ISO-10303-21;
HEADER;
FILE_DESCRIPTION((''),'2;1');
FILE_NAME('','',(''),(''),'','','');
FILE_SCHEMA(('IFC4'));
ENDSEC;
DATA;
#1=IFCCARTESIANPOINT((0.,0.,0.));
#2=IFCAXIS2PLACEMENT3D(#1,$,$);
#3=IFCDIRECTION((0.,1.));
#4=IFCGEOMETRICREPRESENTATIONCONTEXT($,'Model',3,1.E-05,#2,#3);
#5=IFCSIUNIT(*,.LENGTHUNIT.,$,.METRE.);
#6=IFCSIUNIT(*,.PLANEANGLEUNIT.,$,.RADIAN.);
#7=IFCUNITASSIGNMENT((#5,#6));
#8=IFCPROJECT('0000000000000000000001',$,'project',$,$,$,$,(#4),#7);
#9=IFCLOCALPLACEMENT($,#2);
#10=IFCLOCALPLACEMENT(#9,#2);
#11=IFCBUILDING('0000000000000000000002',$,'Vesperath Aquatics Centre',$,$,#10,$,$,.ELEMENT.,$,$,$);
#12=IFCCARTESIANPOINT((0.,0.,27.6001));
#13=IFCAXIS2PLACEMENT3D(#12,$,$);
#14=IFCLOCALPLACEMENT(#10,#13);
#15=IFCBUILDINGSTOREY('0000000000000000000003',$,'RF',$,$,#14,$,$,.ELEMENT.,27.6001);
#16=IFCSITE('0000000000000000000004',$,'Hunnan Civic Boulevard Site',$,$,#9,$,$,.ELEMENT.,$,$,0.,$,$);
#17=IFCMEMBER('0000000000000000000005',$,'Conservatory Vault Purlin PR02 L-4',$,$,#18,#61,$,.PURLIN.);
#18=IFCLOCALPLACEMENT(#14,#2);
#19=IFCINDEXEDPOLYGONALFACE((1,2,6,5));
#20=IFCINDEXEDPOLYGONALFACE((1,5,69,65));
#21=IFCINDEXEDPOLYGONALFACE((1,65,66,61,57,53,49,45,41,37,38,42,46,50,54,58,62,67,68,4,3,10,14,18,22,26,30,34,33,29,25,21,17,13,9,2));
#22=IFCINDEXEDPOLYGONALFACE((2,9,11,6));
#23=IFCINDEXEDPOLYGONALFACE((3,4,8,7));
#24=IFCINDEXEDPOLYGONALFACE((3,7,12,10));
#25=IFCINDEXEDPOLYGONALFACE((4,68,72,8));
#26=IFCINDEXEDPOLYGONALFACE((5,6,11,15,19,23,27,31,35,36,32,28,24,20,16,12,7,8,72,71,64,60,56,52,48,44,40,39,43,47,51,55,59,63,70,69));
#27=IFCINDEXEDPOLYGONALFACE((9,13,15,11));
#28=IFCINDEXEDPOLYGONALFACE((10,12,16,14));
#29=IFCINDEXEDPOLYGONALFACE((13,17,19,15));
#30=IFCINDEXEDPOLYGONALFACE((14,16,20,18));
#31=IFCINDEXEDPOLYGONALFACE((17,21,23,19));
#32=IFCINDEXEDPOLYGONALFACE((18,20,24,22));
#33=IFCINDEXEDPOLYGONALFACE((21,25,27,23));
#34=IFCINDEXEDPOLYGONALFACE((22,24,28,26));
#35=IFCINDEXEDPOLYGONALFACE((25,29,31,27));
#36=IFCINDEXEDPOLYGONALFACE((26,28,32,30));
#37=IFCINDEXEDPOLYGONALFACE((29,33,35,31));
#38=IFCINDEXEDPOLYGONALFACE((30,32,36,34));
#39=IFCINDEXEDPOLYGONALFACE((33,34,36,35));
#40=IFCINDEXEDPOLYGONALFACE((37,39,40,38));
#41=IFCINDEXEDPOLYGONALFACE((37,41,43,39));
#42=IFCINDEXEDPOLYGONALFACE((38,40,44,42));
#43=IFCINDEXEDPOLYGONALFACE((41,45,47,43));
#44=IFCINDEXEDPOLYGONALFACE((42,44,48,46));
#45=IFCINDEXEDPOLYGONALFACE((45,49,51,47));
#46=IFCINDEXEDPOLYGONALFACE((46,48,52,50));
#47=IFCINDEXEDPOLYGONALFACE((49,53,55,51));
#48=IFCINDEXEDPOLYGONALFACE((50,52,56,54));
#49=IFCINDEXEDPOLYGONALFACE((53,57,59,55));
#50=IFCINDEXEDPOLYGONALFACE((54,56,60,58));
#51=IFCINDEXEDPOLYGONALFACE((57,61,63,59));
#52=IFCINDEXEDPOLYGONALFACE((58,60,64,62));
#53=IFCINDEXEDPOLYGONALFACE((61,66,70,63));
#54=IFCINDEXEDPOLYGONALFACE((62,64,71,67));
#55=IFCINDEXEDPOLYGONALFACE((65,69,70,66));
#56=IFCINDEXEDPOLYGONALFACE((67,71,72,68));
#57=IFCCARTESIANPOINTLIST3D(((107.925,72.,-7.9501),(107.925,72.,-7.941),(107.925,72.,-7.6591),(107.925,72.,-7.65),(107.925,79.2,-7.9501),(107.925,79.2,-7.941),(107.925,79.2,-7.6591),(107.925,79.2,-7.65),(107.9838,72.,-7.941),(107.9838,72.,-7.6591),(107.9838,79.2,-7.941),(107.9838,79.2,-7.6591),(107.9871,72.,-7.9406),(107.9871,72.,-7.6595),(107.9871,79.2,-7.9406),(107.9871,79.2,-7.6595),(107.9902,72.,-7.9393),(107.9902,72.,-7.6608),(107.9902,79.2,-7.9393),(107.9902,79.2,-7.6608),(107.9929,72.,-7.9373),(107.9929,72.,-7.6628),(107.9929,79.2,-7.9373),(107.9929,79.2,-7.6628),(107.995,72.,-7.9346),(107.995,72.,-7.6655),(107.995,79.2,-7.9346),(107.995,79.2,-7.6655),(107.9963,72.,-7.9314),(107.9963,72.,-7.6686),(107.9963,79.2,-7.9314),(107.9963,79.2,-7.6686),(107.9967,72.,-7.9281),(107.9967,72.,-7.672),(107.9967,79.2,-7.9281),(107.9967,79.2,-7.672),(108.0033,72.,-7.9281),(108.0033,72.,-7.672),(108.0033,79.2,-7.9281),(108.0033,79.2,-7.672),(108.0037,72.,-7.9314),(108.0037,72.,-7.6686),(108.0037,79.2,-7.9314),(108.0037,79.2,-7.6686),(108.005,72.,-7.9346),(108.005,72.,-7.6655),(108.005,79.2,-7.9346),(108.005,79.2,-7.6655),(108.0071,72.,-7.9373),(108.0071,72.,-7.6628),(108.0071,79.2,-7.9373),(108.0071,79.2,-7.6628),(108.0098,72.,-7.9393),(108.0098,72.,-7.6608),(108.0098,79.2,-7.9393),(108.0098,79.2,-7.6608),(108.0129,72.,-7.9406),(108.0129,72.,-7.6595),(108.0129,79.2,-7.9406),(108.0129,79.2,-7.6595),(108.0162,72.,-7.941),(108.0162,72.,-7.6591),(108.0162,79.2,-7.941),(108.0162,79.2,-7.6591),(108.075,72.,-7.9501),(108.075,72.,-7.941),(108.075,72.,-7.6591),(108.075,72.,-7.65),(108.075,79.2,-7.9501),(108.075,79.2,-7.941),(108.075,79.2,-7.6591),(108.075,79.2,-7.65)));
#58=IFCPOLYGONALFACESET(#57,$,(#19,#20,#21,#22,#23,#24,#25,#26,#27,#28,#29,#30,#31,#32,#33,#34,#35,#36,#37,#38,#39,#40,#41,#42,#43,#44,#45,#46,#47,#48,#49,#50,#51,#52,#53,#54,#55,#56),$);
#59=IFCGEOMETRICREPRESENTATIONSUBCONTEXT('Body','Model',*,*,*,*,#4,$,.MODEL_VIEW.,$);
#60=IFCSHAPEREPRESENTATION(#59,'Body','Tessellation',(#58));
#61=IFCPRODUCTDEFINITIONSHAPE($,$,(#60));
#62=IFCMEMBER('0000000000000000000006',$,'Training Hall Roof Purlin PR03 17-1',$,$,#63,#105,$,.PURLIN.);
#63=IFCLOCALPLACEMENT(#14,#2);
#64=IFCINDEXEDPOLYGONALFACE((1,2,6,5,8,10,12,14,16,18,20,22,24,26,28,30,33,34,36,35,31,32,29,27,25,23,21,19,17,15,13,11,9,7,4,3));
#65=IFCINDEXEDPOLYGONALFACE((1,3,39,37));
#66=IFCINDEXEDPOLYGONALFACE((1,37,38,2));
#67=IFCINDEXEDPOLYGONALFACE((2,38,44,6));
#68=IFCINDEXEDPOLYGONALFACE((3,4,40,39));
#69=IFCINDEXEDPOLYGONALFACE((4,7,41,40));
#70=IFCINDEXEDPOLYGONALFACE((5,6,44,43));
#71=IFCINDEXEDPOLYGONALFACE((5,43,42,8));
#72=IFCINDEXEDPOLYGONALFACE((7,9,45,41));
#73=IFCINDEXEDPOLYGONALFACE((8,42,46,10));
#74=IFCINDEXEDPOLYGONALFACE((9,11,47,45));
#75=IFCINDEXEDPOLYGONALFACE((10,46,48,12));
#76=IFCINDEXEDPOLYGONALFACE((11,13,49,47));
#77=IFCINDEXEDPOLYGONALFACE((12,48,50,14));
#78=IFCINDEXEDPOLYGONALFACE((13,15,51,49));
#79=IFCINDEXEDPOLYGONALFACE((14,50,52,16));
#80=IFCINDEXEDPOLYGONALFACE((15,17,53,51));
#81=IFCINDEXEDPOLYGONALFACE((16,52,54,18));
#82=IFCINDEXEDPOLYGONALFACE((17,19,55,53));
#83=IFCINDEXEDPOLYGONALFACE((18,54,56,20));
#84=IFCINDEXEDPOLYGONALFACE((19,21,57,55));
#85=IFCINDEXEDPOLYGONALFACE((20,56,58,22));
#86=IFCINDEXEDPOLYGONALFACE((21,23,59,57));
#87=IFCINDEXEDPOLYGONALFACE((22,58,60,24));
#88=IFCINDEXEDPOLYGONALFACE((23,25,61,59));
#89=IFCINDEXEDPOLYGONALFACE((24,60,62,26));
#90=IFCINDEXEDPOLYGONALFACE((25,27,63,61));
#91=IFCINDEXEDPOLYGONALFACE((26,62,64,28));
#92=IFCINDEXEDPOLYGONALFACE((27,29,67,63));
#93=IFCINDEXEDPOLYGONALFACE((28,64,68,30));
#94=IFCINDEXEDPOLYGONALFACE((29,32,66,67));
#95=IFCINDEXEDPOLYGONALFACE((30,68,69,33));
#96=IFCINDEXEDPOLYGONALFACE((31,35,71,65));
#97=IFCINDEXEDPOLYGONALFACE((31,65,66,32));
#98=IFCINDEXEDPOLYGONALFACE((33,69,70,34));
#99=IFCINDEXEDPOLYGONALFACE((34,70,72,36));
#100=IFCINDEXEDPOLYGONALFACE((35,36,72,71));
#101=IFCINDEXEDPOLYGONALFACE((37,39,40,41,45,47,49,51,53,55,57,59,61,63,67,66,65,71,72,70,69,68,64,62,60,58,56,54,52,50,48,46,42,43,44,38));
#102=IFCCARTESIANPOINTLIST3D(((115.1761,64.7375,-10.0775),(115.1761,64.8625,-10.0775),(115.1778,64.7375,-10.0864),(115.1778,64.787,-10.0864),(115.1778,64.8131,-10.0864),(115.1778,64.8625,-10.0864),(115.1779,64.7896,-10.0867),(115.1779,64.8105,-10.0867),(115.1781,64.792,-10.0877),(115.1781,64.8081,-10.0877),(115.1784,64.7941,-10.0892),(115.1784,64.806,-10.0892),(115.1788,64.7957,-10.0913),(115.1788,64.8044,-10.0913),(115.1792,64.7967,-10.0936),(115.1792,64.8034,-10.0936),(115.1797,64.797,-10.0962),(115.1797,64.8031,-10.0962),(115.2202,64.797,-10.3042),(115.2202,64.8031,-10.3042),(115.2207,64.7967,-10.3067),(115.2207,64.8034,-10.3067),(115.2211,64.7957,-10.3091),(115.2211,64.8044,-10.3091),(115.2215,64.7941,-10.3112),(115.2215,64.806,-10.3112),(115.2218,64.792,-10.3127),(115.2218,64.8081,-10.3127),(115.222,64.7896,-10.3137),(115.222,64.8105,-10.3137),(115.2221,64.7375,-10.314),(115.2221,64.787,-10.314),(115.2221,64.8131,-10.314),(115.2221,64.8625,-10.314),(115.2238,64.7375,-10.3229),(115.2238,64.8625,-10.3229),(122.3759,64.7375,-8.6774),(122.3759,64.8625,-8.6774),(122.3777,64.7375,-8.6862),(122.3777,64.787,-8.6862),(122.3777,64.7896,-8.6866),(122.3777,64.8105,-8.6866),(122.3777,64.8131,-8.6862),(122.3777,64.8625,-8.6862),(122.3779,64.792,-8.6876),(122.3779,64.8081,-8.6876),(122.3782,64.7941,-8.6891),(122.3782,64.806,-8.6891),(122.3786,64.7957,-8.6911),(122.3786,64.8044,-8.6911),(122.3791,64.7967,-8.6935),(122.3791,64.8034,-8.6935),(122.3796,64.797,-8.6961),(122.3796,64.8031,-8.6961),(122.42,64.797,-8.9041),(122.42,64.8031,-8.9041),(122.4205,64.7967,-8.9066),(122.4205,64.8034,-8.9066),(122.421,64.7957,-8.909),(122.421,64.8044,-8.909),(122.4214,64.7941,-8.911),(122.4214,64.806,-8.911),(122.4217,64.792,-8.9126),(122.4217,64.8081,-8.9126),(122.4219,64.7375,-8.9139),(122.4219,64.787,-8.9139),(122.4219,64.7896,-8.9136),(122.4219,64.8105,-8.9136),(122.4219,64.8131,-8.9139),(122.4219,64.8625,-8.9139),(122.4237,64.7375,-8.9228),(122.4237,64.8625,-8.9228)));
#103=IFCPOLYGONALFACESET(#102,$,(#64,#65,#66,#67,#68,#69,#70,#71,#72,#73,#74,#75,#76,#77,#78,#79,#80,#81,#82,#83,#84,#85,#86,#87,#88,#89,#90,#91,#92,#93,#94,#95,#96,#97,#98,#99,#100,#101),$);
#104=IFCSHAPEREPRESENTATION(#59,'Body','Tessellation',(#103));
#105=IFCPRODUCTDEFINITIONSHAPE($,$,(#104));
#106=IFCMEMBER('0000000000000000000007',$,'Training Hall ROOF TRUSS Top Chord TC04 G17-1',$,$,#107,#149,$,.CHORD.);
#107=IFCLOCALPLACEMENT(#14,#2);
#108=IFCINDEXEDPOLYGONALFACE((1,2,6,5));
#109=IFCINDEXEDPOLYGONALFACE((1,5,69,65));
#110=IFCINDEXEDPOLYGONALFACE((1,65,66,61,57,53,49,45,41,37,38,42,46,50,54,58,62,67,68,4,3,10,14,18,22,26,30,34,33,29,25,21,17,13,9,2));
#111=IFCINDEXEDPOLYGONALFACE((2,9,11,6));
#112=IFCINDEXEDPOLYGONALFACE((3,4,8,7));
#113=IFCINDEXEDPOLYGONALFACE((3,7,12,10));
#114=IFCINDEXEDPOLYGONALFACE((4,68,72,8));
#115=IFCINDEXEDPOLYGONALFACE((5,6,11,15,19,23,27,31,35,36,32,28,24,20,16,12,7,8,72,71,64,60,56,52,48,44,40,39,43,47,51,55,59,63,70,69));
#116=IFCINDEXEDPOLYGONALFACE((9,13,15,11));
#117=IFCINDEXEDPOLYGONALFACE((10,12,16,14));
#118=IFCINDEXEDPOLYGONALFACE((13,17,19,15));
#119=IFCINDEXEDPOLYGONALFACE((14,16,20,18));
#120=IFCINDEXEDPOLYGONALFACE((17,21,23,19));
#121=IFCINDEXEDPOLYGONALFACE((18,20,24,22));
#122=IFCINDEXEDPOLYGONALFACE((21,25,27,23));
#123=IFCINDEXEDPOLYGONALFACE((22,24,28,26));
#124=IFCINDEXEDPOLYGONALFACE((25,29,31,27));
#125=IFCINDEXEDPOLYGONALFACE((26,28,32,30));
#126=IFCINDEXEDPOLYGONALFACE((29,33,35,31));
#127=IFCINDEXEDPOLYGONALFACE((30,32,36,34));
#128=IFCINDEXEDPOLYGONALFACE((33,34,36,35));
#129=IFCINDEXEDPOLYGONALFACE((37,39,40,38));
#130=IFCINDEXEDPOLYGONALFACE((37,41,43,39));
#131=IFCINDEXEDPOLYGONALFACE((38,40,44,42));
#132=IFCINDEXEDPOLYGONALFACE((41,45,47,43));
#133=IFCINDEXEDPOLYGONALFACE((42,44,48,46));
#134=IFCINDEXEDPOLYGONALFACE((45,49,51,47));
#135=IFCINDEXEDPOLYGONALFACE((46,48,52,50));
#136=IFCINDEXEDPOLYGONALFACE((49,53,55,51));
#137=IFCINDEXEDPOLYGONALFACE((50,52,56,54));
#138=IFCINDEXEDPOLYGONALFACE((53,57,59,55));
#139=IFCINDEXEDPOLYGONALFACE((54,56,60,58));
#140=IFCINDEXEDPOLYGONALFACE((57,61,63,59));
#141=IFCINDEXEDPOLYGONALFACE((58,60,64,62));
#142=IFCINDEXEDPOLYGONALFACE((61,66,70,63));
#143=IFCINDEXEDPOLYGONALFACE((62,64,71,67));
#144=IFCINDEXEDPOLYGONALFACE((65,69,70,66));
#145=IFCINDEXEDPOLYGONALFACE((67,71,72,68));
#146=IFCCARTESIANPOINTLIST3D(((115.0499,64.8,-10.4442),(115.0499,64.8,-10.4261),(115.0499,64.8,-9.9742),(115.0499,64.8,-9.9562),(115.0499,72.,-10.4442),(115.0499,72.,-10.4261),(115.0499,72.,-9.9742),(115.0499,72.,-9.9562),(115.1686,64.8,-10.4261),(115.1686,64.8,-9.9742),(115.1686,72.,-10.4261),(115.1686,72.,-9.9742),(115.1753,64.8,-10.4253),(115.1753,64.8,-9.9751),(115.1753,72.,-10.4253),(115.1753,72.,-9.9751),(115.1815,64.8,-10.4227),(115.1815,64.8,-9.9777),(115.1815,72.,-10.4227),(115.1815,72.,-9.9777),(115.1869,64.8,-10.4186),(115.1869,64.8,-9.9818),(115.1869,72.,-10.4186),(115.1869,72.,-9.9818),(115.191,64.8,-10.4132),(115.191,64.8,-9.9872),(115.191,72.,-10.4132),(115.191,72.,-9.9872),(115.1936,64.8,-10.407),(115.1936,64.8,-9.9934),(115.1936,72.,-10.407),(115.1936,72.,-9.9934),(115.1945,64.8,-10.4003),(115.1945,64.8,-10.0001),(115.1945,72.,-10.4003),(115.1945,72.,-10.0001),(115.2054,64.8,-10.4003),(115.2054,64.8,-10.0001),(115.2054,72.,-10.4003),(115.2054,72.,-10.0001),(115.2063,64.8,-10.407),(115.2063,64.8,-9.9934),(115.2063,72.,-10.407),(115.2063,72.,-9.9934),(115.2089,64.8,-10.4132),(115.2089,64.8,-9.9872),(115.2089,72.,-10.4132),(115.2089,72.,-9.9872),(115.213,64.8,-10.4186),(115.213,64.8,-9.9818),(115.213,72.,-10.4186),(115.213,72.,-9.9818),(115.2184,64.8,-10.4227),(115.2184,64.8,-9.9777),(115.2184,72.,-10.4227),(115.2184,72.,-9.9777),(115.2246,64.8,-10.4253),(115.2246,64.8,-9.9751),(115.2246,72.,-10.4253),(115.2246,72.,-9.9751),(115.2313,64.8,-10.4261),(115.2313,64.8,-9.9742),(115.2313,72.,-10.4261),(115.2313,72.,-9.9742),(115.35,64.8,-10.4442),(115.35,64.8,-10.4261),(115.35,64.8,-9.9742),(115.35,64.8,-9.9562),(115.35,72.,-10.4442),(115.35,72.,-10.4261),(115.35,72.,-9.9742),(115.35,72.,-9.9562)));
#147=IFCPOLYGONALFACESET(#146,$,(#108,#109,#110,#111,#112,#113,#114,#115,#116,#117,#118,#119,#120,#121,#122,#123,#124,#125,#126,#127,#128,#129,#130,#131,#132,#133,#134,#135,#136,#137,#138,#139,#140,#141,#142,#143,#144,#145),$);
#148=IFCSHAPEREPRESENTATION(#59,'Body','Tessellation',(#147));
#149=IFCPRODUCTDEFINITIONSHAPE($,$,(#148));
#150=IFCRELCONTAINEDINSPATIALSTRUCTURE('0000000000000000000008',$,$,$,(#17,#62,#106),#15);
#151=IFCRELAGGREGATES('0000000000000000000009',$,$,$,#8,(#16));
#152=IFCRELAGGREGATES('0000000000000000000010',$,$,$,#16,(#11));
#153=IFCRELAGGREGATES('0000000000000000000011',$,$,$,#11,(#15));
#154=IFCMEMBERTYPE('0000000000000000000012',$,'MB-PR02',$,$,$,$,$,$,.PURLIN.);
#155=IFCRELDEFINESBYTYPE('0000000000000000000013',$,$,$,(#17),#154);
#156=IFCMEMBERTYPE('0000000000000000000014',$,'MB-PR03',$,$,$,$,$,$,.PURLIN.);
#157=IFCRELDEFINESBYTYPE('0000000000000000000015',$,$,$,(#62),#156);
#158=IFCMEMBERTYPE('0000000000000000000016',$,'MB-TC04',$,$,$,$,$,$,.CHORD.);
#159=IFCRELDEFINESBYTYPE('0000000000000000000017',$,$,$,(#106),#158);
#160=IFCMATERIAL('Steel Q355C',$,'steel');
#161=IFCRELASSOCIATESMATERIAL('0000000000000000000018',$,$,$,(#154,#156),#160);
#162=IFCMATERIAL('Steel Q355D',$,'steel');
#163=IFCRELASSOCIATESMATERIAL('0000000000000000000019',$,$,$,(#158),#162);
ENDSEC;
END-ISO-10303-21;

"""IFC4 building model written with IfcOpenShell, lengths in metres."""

from ifc_helpers import new_model, si_unit, direction, frame, origin, origin_2d, place, context, subcontext, project, spatial, i_section, extrude, material, material_profile, profile_set, type_object, element, save


model = new_model("IFC4")

# Units and contexts
model_context = context("Model", 3, precision=1e-05, world=origin(), true_north=direction((0.0, 1.0)))
body_context = subcontext(model_context, "Body", "Model", "MODEL_VIEW")
ifc_project = project(units=[si_unit("LENGTHUNIT", "METRE"), si_unit("PLANEANGLEUNIT", "RADIAN")], contexts=[model_context])

# Site, building, storey
site_placement = place(None, origin())
site = spatial("IfcSite", under=ifc_project, at=site_placement, Name="Hunnan Civic Boulevard Site", CompositionType="ELEMENT", RefElevation=0.0)
building_placement = place(site_placement, origin())
building = spatial("IfcBuilding", under=site, at=building_placement, Name="Vesperath Aquatics Centre", CompositionType="ELEMENT")
storey_placement = place(building_placement, frame((0.0, 0.0, 27.6001)))
storey = spatial("IfcBuildingStorey", under=building, at=storey_placement, Name="RF", CompositionType="ELEMENT", Elevation=27.6001)

# Shared definitions
ifc_material_1 = material(Name="Steel Q355C", Category="steel")

# Members
ifc_material_2 = material(Name="Steel Q355D", Category="steel")
ifc_material_profile_1 = material_profile(ifc_material_1, i_section(OverallWidth=0.1499, OverallDepth=0.3, WebThickness=0.0066, FlangeThickness=0.009, FilletRadius=0.0129, at=origin_2d()), Name="HN 300x150x6.5x9")
ifc_profile_set_1 = profile_set([ifc_material_profile_1], Name="Steel Q355C")
member_type_1 = type_object("IfcMemberType", Name="MB-PR02", PredefinedType="PURLIN", material=ifc_profile_set_1)
for number, where, z_axis, x_axis, name in (
    (1, (108.0, 72.0, -7.8), (0.0, 1.0, 0.0), (-1.0, 0.0, 0.0), "Conservatory Vault Purlin PR02 L-4"),
):
    element("IfcMember", number, at=place(storey_placement, frame(where, z_axis=z_axis, x_axis=x_axis)), inside=storey, type_object=member_type_1, Name=name, PredefinedType="PURLIN", context=body_context, shape_type="SweptSolid", body=[
        extrude(i_section(OverallWidth=0.1499, OverallDepth=0.3, WebThickness=0.0066, FlangeThickness=0.009, FilletRadius=0.0129, at=origin_2d()), origin(), (0.0, 0.0, 1.0), 7.2),
    ])
ifc_material_profile_2 = material_profile(ifc_material_1, i_section(OverallWidth=0.125, OverallDepth=0.25, WebThickness=0.0061, FlangeThickness=0.009, FilletRadius=0.01, at=origin_2d()), Name="HN 250x125x6x9")
ifc_profile_set_2 = profile_set([ifc_material_profile_2], Name="Steel Q355C")
member_type_2 = type_object("IfcMemberType", Name="MB-PR03", PredefinedType="PURLIN", material=ifc_profile_set_2)
member_1_placement = place(storey_placement, frame((115.2, 64.8, -10.2002), z_axis=(0.981611, 0.0, 0.19089), x_axis=(0.0, 1.0, 0.0)))
element("IfcMember", 2, at=member_1_placement, inside=storey, type_object=member_type_2, Name="Training Hall Roof Purlin PR03 17-1", PredefinedType="PURLIN", context=body_context, shape_type="SweptSolid", body=[
    extrude(i_section(OverallWidth=0.125, OverallDepth=0.25, WebThickness=0.0061, FlangeThickness=0.009, FilletRadius=0.01, at=origin_2d()), origin(), (0.0, 0.0, 1.0), 7.3347),
])
ifc_material_profile_3 = material_profile(ifc_material_2, i_section(OverallWidth=0.3, OverallDepth=0.488, WebThickness=0.011, FlangeThickness=0.0181, FilletRadius=0.0259, at=origin_2d()), Name="HM 488x300x11x18")
ifc_profile_set_3 = profile_set([ifc_material_profile_3], Name="Steel Q355D")
member_type_3 = type_object("IfcMemberType", Name="MB-TC04", PredefinedType="CHORD", material=ifc_profile_set_3)
member_2_placement = place(storey_placement, frame((115.2, 64.8, -10.2002), z_axis=(0.0, 1.0, 0.0), x_axis=(-1.0, 0.0, 0.0)))
element("IfcMember", 3, at=member_2_placement, inside=storey, type_object=member_type_3, Name="Training Hall ROOF TRUSS Top Chord TC04 G17-1", PredefinedType="CHORD", context=body_context, shape_type="SweptSolid", body=[
    extrude(i_section(OverallWidth=0.3, OverallDepth=0.488, WebThickness=0.011, FlangeThickness=0.0181, FilletRadius=0.0259, at=origin_2d()), origin(), (0.0, 0.0, 1.0), 7.2),
])

save(model, "model.ifc")
